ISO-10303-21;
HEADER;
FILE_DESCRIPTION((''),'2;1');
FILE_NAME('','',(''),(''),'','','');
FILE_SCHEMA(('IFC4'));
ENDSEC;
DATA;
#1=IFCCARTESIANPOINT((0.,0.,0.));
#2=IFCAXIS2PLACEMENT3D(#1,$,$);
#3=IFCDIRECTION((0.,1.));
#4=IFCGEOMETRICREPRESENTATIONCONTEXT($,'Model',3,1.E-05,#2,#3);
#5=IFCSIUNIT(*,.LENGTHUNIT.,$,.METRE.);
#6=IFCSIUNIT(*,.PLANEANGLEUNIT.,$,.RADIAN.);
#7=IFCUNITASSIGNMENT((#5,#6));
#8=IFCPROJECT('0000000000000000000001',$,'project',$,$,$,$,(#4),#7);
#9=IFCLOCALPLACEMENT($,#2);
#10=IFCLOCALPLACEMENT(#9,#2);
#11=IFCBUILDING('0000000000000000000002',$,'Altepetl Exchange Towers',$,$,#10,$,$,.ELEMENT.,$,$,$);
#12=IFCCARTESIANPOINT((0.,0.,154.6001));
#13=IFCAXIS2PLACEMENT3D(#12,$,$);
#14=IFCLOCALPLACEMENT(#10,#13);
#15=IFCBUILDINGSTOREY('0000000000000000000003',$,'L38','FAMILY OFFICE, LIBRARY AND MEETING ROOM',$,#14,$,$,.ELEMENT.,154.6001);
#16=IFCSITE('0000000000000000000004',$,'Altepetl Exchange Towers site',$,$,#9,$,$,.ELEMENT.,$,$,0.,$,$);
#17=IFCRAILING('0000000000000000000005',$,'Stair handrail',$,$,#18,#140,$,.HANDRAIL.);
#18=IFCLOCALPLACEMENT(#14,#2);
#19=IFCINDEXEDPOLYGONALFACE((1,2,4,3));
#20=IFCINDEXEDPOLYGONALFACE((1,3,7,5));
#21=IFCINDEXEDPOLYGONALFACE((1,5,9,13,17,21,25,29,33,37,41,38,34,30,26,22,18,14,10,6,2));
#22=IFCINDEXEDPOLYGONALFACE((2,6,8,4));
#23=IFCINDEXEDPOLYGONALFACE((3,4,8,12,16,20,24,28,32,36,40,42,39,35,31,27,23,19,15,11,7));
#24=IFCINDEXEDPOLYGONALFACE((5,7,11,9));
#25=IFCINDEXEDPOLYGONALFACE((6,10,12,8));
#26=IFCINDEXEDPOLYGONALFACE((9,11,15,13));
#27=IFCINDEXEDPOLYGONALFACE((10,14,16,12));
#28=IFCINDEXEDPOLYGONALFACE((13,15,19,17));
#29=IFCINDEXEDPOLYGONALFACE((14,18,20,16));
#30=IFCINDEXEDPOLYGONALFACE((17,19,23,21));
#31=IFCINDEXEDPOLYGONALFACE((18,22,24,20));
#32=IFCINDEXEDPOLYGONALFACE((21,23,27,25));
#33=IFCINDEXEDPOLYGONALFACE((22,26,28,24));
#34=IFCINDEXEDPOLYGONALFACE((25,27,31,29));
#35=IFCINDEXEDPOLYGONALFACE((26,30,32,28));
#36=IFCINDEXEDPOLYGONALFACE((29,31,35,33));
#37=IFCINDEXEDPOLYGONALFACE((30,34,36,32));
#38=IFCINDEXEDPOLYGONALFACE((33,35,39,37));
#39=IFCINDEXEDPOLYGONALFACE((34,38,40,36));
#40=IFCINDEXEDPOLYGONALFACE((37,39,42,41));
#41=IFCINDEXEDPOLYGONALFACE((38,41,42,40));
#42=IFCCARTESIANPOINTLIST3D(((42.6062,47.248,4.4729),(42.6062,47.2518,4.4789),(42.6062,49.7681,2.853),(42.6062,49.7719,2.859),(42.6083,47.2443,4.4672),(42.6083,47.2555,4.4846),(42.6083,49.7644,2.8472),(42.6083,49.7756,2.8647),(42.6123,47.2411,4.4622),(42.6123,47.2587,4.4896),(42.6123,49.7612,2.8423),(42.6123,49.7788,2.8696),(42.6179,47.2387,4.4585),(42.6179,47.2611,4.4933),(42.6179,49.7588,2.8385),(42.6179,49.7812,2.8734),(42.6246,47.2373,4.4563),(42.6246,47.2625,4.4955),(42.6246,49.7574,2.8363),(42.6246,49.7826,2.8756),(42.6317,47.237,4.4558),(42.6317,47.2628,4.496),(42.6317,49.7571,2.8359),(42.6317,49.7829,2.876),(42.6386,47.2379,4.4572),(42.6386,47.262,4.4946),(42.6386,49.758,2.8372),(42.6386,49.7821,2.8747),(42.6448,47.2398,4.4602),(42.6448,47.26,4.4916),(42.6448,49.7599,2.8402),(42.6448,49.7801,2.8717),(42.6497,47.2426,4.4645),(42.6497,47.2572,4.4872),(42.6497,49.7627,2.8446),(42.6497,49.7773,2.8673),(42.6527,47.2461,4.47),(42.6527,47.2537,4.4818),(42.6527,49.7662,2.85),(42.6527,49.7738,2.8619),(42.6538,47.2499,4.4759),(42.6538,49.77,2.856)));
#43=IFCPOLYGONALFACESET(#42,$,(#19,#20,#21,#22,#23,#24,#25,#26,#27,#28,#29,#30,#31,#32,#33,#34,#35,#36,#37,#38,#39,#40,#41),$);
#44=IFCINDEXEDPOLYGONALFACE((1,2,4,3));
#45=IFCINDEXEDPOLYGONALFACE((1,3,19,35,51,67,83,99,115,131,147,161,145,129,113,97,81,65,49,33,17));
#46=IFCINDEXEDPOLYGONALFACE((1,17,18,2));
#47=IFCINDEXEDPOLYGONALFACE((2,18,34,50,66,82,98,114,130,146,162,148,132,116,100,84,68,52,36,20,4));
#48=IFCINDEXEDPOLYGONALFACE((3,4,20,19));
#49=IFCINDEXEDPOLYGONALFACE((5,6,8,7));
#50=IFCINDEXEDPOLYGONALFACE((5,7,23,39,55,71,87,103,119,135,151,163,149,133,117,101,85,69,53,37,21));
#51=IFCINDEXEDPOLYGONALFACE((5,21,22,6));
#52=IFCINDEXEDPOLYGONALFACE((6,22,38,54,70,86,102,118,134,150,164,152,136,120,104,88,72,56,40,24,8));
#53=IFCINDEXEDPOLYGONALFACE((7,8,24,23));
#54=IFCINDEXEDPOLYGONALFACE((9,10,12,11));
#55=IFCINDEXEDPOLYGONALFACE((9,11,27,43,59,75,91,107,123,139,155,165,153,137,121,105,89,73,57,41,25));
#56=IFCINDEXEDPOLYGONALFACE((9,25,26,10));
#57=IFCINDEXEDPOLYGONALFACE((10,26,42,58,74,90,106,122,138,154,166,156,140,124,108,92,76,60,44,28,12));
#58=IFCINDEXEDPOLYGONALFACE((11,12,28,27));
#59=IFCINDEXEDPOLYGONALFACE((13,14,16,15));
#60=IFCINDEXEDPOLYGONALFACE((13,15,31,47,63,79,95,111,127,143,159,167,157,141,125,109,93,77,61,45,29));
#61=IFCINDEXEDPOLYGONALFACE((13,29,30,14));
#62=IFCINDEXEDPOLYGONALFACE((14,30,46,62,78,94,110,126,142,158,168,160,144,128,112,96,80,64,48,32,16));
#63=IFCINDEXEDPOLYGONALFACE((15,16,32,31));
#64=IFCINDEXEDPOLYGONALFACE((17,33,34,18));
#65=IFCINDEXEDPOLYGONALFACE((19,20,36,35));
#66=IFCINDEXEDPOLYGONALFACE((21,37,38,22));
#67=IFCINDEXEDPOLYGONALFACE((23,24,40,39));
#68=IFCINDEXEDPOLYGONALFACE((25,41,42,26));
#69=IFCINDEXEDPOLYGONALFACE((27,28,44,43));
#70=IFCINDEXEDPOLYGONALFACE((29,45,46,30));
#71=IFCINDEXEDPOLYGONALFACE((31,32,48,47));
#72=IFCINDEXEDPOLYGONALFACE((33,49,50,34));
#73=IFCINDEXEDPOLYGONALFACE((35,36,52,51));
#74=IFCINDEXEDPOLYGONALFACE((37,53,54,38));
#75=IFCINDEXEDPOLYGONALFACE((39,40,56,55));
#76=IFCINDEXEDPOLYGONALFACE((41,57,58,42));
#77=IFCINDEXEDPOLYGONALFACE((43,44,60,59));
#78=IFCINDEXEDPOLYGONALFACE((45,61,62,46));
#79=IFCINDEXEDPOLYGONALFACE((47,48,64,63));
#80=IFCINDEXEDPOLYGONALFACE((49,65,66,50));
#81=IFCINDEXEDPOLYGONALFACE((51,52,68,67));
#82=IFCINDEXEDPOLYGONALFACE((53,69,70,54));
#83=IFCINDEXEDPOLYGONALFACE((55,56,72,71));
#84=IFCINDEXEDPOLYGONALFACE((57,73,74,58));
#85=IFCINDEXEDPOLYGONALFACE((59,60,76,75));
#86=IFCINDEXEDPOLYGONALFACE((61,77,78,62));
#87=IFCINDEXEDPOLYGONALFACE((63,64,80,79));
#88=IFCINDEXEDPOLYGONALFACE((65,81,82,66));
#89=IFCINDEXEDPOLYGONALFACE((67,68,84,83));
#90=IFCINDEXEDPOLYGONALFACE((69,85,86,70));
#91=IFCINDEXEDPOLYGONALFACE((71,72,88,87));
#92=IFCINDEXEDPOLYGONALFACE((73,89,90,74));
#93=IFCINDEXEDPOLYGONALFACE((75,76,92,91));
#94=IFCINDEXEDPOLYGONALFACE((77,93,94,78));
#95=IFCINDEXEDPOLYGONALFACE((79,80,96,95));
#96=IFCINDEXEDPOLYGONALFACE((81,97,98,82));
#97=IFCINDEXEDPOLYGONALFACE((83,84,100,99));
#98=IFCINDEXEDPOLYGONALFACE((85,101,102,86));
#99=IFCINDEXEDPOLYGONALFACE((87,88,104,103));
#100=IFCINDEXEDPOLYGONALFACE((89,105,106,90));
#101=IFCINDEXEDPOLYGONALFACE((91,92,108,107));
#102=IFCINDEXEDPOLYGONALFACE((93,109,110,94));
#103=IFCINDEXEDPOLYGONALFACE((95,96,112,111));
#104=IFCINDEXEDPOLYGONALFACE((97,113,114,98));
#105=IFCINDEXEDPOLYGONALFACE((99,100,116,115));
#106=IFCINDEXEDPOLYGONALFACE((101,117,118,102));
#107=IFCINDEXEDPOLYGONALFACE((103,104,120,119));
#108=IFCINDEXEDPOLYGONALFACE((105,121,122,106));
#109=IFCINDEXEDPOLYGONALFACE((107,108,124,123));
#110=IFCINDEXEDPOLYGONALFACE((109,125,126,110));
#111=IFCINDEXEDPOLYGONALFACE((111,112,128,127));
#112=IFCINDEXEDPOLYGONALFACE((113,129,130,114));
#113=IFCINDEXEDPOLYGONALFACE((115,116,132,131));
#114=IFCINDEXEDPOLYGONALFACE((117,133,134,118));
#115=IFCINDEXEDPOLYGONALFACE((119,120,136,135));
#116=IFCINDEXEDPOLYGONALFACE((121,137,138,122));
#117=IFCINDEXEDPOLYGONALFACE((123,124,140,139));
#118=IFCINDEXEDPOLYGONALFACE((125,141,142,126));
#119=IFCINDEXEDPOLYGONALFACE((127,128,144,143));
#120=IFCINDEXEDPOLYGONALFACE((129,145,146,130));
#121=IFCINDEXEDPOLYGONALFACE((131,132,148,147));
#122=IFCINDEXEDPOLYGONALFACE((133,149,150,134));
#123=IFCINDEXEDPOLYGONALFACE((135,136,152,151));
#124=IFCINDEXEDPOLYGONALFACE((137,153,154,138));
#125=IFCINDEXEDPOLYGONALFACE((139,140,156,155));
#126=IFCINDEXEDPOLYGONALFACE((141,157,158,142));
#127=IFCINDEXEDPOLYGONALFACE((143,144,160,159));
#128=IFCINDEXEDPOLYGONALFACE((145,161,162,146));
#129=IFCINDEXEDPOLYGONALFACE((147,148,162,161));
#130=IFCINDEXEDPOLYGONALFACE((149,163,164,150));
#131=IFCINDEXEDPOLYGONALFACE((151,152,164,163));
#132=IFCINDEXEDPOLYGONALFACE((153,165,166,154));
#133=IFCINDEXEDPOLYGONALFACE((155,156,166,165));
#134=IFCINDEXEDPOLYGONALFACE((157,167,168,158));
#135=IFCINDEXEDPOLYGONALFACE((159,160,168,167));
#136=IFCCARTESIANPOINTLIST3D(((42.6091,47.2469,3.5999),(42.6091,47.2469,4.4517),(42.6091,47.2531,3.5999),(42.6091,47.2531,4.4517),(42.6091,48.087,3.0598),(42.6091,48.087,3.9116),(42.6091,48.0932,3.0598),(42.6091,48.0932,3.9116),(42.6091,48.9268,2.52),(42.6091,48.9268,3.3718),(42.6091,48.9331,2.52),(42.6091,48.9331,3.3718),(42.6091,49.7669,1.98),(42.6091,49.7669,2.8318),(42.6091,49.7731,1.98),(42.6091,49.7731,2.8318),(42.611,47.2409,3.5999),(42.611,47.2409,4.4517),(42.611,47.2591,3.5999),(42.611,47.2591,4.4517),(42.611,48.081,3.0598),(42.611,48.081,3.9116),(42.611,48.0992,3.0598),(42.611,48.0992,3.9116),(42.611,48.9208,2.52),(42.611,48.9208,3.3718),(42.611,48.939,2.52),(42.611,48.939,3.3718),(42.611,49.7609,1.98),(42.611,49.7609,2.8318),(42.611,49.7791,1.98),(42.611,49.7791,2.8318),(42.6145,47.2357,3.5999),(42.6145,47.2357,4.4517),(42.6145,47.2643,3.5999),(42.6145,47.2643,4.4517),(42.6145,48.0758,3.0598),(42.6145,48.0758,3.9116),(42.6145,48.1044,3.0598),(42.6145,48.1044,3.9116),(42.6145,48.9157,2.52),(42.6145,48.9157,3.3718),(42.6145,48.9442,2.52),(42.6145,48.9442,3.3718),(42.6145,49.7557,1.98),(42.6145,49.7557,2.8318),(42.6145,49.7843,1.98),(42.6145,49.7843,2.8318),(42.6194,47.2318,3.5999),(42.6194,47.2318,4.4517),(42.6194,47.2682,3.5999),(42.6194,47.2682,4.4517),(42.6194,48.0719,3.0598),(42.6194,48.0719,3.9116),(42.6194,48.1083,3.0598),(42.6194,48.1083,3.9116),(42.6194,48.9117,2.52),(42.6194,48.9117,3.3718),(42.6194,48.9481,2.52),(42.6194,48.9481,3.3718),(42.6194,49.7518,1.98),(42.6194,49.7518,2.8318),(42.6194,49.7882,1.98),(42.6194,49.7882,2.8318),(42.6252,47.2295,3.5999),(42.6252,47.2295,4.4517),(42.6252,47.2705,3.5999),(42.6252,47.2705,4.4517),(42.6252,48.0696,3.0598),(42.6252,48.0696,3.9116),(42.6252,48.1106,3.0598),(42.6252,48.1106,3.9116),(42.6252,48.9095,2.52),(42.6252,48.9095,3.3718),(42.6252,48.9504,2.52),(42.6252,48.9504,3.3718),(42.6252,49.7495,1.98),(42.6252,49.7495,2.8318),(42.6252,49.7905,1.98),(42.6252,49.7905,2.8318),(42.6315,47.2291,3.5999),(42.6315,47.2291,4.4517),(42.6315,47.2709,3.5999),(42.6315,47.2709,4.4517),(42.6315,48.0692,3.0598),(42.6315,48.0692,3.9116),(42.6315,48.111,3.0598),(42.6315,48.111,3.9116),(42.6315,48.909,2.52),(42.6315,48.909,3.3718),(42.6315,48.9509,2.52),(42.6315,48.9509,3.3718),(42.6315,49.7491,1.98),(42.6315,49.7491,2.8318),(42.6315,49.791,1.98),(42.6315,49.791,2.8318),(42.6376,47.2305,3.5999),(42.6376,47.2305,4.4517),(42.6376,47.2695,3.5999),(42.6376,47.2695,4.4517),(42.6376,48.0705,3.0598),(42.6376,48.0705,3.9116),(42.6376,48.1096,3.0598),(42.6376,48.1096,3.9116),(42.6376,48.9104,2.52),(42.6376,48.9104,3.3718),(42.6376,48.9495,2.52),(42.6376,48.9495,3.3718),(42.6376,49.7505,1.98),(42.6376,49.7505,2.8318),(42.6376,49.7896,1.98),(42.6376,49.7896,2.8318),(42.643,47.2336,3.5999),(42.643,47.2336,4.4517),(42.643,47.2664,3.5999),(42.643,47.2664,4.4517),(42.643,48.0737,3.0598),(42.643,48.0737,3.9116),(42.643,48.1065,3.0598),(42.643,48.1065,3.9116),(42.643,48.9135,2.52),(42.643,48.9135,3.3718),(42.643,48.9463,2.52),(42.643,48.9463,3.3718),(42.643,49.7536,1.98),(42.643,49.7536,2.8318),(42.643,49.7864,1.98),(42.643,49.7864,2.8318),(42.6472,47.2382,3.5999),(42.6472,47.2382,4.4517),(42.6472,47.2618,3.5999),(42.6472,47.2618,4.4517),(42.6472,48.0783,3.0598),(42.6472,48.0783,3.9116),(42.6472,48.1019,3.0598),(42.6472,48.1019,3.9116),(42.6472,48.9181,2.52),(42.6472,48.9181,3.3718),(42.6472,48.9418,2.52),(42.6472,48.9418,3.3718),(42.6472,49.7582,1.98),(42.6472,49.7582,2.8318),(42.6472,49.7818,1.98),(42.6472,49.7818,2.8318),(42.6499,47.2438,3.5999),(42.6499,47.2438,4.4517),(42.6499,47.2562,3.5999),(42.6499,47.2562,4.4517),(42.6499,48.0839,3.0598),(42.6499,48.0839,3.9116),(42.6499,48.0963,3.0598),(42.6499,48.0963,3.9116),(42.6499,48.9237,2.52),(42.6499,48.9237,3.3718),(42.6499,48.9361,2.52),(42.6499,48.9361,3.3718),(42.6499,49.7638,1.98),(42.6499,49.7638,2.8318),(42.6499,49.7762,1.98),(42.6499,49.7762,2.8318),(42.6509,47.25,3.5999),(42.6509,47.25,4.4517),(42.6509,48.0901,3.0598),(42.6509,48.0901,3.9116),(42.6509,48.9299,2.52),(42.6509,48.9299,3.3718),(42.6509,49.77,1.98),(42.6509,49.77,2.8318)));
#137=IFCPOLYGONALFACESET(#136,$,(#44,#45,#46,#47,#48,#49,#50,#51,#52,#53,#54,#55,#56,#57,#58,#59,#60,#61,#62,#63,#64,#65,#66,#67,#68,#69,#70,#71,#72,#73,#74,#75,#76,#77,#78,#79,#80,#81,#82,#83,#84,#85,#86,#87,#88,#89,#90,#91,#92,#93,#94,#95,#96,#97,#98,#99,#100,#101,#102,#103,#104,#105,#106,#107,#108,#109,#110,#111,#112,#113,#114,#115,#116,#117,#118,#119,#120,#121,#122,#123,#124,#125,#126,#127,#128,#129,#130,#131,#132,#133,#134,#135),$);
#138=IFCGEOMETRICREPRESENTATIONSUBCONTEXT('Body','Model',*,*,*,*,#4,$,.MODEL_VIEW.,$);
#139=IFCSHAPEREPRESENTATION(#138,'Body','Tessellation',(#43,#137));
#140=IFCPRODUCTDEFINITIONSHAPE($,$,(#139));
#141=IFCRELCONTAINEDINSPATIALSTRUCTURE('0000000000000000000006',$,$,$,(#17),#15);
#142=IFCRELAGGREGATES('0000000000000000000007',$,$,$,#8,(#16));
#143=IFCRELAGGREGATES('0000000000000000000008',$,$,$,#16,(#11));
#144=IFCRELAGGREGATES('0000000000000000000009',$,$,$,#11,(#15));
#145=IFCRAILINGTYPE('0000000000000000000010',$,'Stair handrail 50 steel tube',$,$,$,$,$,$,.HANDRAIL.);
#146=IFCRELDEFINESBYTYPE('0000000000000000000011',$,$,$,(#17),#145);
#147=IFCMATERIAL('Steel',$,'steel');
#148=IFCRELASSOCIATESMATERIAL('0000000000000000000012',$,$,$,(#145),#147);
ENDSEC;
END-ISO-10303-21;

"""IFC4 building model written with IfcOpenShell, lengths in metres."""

from ifc_helpers import new_model, si_unit, direction, frame, origin, origin_2d, place, context, subcontext, project, spatial, circle, extrude, source, transform, mapped, material, type_object, element, save


model = new_model("IFC4")

# Units and contexts
model_context = context("Model", 3, precision=1e-05, world=origin(), true_north=direction((0.0, 1.0)))
body_context = subcontext(model_context, "Body", "Model", "MODEL_VIEW")
ifc_project = project(units=[si_unit("LENGTHUNIT", "METRE"), si_unit("PLANEANGLEUNIT", "RADIAN")], contexts=[model_context])

# Site, building, storey
site_placement = place(None, origin())
site = spatial("IfcSite", under=ifc_project, at=site_placement, Name="Altepetl Exchange Towers site", CompositionType="ELEMENT", RefElevation=0.0)
building_placement = place(site_placement, origin())
building = spatial("IfcBuilding", under=site, at=building_placement, Name="Altepetl Exchange Towers", CompositionType="ELEMENT")
storey_placement = place(building_placement, frame((0.0, 0.0, 154.6001)))
storey = spatial("IfcBuildingStorey", under=building, at=storey_placement, Name="L38", Description="FAMILY OFFICE, LIBRARY AND MEETING ROOM", CompositionType="ELEMENT", Elevation=154.6001)

# Railing
ifc_material_1 = material(Name="Steel", Category="steel")
railing_type = type_object("IfcRailingType", Name="Stair handrail 50 steel tube", PredefinedType="HANDRAIL", material=ifc_material_1)
shared_shape = source(origin(), body_context, "Body", "SweptSolid", [
    extrude(circle(Radius=0.021, at=origin_2d()), origin(), (0.0, 0.0, 1.0), 0.8518),
])
railing_1_placement = place(storey_placement, frame((42.6299, 49.77, 1.98)))
element("IfcRailing", 1, at=railing_1_placement, inside=storey, type_object=railing_type, Name="Stair handrail", PredefinedType="HANDRAIL", context=body_context, shape_type="SweptSolid", body=[
    extrude(circle(Radius=0.0239, at=origin_2d()), frame((0.0, 0.0, 0.876), z_axis=(0.0, -0.8412, 0.540725), x_axis=(1.0, 0.0, 0.0)), (0.0, 0.0, 1.0), 2.9958),
    mapped(shared_shape, transform((0.0, 0.0, 0.0))),
    mapped(shared_shape, transform((0.0, -0.8401, 0.54))),
    mapped(shared_shape, transform((0.0, -1.6799, 1.0798))),
    mapped(shared_shape, transform((0.0, -2.52, 1.6199))),
])

save(model, "model.ifc")
